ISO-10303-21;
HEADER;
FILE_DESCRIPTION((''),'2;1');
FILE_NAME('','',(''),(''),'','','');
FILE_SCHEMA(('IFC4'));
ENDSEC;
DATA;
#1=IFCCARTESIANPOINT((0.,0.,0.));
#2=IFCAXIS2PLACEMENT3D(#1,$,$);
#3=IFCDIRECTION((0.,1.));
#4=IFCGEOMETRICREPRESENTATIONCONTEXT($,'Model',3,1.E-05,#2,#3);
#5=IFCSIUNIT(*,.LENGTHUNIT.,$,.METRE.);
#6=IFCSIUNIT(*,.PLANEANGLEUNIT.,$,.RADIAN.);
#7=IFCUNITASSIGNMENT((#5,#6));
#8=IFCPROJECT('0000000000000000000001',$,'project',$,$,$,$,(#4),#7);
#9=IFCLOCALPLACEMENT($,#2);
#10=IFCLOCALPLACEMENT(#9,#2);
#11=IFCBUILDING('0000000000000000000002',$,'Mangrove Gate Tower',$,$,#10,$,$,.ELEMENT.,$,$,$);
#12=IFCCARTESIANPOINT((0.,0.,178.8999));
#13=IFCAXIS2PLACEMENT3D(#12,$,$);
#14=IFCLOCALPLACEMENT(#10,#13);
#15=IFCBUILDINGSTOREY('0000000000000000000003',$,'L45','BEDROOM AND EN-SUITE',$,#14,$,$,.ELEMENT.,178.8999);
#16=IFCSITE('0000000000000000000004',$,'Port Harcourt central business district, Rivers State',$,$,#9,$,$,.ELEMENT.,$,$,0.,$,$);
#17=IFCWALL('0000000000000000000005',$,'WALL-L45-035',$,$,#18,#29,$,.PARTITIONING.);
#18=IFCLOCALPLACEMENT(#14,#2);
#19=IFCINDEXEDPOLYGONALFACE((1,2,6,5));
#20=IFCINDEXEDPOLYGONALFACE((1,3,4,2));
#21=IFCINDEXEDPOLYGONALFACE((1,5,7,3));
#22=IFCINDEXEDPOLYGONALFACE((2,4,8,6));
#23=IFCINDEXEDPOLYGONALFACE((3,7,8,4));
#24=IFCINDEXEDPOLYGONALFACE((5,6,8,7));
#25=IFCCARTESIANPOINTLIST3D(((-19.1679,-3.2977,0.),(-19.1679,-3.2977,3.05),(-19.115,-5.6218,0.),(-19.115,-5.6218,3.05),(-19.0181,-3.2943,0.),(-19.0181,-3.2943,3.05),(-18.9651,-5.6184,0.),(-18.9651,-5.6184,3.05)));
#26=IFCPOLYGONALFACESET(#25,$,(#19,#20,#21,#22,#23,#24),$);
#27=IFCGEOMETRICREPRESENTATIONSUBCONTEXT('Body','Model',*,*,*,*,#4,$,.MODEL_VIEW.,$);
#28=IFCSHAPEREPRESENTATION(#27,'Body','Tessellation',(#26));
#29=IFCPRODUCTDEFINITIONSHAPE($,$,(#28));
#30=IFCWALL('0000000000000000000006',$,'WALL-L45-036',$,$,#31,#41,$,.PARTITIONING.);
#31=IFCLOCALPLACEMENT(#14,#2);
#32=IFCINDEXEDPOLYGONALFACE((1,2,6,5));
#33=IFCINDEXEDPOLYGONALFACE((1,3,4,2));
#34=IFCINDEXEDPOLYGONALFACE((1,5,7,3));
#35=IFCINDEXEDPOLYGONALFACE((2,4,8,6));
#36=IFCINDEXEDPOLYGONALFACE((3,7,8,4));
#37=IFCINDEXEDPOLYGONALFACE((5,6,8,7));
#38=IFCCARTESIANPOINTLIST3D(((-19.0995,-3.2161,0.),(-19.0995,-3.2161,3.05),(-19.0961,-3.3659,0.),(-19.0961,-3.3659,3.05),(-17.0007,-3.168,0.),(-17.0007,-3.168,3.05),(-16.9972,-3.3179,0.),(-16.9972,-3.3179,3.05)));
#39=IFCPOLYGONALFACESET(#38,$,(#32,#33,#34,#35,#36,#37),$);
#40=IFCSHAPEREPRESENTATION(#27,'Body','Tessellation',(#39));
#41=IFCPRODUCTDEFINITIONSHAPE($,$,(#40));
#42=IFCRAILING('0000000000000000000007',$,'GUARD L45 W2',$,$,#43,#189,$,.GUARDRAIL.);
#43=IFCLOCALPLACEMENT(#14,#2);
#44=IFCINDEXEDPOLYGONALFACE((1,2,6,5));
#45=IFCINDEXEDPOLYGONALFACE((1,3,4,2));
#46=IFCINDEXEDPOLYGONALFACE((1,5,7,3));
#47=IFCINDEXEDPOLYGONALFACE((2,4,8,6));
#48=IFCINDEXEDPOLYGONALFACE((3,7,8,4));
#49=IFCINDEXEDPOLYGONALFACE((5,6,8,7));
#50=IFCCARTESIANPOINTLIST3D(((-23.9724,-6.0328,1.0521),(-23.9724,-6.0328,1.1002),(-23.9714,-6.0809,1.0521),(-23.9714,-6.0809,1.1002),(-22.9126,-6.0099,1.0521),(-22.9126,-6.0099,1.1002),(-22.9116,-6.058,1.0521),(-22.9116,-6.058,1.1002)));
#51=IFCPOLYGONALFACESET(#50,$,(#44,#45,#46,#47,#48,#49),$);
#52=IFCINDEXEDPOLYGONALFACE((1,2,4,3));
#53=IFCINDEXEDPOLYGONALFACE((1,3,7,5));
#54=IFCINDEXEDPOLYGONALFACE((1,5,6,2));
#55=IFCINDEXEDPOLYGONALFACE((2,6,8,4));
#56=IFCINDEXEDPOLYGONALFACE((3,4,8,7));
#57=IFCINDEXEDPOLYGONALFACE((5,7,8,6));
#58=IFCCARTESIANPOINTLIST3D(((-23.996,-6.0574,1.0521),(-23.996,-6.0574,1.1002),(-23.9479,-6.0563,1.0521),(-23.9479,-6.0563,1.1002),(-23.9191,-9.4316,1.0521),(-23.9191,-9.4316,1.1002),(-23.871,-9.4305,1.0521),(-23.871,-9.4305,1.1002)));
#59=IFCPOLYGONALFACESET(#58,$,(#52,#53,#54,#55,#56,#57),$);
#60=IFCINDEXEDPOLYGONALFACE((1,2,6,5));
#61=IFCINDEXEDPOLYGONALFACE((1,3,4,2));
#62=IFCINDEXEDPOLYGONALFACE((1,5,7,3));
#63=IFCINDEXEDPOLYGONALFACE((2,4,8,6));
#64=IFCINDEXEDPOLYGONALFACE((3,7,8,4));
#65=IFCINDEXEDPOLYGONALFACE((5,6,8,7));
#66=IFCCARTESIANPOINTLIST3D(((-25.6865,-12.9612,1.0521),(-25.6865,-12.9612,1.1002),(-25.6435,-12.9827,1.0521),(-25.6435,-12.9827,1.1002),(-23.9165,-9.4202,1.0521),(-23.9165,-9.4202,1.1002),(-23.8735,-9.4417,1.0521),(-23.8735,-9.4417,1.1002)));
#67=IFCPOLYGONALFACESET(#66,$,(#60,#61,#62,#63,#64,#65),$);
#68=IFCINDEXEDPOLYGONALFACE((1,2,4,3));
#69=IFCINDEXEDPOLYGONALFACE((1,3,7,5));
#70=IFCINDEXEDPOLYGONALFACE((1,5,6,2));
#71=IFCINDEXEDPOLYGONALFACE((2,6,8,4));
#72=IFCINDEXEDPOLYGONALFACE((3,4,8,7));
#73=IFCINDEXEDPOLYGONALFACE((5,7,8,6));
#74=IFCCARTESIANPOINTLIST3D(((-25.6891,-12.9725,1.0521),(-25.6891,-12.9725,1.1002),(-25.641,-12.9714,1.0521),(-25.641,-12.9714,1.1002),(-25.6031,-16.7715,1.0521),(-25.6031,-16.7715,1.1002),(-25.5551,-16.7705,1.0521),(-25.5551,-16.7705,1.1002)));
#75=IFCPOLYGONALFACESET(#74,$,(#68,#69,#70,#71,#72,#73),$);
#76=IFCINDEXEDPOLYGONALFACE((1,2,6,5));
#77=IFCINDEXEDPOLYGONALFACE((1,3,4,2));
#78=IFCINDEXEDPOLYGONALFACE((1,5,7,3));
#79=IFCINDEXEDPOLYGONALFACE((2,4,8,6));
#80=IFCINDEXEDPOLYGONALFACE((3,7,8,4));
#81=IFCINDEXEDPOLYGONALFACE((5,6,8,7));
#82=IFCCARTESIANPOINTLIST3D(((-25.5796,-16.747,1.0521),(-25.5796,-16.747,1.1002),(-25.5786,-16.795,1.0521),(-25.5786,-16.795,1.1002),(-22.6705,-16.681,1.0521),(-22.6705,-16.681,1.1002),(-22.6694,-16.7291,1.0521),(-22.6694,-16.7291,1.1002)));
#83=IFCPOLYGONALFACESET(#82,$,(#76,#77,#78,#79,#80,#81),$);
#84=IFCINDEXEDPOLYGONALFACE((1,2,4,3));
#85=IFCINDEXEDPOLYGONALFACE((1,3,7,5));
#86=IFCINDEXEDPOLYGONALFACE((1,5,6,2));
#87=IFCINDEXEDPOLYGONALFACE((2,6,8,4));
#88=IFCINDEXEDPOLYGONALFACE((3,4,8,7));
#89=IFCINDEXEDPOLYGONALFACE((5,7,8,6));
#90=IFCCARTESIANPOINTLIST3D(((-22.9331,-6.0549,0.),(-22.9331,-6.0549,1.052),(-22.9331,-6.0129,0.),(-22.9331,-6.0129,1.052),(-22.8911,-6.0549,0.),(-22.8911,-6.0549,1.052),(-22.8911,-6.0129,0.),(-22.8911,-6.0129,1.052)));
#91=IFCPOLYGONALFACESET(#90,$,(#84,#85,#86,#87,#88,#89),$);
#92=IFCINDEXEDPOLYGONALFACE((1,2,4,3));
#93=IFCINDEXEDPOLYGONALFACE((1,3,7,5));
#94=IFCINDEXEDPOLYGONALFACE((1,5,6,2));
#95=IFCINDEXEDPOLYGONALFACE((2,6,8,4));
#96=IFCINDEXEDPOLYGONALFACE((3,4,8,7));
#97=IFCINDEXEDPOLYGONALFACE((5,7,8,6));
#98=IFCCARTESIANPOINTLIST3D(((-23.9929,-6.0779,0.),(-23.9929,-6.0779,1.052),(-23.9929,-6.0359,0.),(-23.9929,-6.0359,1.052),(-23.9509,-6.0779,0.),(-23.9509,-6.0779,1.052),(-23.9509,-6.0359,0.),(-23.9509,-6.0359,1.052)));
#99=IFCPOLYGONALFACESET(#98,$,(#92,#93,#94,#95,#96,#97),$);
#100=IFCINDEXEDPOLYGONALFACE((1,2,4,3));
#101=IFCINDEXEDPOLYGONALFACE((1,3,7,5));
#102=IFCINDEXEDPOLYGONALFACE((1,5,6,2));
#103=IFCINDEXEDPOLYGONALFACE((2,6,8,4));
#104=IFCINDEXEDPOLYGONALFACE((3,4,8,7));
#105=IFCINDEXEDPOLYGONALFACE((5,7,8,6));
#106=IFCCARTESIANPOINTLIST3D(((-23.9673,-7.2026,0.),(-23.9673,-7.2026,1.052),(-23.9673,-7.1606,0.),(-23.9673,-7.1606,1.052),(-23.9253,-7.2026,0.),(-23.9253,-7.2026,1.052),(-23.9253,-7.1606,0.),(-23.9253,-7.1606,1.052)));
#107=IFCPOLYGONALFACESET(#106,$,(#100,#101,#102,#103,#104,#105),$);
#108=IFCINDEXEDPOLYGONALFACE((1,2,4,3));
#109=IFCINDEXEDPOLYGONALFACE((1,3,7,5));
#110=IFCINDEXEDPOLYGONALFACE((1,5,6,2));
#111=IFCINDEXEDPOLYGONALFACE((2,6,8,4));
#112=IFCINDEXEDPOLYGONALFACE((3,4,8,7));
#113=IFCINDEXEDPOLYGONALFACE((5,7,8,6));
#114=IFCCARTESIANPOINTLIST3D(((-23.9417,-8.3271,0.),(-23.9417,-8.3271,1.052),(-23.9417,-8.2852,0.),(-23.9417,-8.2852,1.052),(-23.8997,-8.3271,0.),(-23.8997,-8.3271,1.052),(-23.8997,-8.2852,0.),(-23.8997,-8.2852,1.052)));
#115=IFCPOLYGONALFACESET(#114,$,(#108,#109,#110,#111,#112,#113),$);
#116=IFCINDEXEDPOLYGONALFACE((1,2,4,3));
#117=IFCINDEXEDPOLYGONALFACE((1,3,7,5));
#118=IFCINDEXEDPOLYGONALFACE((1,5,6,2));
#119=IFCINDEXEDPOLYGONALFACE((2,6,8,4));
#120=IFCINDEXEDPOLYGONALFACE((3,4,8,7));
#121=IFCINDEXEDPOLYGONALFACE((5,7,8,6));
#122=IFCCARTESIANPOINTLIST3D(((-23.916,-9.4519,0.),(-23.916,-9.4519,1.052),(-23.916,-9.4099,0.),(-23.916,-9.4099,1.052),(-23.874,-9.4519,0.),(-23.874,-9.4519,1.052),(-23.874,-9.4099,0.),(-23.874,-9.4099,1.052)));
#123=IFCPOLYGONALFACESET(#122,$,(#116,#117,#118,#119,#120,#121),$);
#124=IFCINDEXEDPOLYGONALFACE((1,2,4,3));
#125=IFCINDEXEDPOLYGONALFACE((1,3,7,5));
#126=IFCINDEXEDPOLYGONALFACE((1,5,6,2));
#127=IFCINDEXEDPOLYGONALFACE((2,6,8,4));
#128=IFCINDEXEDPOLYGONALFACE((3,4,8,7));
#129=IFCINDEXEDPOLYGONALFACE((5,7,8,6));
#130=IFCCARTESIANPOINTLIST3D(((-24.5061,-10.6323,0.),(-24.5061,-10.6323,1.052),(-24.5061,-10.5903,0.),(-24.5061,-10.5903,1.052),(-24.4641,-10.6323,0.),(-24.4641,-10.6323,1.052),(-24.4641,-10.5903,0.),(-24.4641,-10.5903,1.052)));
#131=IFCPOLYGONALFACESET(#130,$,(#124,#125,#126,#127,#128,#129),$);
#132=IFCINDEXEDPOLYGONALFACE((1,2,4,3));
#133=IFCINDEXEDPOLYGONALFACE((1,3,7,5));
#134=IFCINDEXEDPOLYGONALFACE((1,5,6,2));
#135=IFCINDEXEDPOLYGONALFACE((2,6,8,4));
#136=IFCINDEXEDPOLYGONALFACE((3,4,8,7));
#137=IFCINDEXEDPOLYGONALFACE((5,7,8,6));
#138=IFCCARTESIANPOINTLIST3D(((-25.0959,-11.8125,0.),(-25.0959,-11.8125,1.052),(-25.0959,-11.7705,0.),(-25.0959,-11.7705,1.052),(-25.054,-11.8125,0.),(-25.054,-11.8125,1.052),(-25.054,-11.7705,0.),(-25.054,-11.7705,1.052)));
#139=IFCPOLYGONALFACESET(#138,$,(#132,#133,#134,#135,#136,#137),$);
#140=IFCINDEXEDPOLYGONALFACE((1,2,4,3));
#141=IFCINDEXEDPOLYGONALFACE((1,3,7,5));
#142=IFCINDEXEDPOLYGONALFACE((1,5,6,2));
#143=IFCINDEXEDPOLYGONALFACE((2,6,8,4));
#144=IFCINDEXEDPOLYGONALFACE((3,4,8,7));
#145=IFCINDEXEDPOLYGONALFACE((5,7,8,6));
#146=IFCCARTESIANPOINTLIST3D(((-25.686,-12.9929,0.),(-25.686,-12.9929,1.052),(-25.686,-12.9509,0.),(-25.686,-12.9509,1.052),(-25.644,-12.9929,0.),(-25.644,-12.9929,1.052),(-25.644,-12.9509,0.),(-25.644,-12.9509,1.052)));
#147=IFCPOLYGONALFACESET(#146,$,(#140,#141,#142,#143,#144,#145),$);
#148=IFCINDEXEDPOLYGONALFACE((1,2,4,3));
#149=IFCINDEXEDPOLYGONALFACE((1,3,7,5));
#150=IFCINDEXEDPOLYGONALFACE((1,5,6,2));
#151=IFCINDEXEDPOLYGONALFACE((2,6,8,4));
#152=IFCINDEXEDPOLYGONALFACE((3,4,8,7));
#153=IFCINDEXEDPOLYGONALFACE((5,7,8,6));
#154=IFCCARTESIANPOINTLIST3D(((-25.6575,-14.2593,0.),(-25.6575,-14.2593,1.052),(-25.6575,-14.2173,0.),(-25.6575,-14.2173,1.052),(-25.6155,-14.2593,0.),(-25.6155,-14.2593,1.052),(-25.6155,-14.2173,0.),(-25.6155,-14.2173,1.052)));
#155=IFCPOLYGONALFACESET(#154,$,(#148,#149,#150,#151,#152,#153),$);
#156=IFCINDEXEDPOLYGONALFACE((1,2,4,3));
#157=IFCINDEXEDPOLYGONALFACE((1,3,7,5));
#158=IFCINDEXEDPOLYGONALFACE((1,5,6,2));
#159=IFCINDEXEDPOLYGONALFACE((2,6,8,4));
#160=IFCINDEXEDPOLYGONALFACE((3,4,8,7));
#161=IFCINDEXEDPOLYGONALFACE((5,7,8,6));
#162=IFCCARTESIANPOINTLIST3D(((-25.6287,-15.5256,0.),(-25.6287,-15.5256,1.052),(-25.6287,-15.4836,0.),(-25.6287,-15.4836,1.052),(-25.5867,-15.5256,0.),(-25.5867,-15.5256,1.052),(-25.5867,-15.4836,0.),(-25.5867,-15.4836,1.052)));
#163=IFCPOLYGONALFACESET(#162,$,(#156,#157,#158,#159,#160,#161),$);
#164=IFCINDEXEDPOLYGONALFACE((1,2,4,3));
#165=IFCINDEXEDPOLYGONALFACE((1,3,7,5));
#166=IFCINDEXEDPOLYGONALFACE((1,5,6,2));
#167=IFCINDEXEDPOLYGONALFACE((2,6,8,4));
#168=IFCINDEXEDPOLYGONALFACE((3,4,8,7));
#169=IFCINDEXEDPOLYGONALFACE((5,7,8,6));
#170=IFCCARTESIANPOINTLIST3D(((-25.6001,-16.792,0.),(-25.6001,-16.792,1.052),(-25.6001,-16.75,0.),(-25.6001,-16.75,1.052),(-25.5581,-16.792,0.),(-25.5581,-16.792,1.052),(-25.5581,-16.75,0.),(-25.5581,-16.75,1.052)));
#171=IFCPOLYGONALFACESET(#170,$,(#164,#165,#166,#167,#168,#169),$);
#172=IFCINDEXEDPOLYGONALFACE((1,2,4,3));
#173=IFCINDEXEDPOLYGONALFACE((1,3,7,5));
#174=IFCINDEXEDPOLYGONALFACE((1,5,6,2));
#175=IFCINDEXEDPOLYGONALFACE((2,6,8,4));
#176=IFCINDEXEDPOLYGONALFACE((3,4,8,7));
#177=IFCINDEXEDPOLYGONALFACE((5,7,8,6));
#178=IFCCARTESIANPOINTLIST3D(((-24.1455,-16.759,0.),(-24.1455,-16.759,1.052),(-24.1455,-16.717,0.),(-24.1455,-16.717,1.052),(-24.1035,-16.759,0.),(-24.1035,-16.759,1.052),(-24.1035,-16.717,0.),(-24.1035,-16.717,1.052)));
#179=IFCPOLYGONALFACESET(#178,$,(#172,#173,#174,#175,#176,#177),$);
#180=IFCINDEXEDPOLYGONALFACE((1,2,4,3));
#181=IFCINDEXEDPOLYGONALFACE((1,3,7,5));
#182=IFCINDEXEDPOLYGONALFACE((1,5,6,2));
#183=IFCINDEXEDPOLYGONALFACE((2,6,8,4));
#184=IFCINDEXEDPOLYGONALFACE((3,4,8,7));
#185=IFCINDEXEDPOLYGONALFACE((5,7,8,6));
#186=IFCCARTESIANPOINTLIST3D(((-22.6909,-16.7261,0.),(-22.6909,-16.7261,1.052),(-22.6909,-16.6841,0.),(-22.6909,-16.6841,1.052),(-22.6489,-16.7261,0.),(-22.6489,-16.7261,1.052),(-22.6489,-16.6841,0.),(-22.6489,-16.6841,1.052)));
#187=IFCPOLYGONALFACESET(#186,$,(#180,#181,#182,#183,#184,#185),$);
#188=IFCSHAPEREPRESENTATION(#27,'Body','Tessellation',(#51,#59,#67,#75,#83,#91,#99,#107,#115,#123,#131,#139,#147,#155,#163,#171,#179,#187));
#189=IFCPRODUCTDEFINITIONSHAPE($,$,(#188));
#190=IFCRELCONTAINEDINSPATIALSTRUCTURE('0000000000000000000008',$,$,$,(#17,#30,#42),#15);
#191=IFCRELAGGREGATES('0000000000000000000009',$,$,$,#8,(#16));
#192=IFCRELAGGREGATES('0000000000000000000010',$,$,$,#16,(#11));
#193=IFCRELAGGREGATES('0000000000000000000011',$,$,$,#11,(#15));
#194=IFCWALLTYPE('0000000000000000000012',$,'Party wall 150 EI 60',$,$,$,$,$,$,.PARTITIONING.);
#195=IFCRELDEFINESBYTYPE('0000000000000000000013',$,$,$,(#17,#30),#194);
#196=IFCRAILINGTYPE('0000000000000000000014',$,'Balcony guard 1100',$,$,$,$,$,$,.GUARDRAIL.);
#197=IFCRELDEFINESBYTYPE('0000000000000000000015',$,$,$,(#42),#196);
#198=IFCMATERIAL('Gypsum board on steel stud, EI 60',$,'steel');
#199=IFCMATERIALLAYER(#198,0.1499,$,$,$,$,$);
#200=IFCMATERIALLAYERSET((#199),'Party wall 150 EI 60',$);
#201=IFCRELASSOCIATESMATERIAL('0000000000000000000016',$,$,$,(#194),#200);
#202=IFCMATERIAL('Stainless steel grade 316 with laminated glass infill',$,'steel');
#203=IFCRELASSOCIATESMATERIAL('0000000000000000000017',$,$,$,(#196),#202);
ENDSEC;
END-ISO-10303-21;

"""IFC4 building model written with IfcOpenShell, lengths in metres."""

from ifc_helpers import new_model, si_unit, direction, frame, frame_2d, origin, origin_2d, place, context, subcontext, project, spatial, rectangle, extrude, material, layer, layer_set, type_object, element, save


model = new_model("IFC4")

# Units and contexts
model_context = context("Model", 3, precision=1e-05, world=origin(), true_north=direction((0.0, 1.0)))
body_context = subcontext(model_context, "Body", "Model", "MODEL_VIEW")
ifc_project = project(units=[si_unit("LENGTHUNIT", "METRE"), si_unit("PLANEANGLEUNIT", "RADIAN")], contexts=[model_context])

# Site, building, storey
site_placement = place(None, origin())
site = spatial("IfcSite", under=ifc_project, at=site_placement, Name="Port Harcourt central business district, Rivers State", CompositionType="ELEMENT", RefElevation=0.0)
building_placement = place(site_placement, origin())
building = spatial("IfcBuilding", under=site, at=building_placement, Name="Mangrove Gate Tower", CompositionType="ELEMENT")
storey_placement = place(building_placement, frame((0.0, 0.0, 178.8999)))
storey = spatial("IfcBuildingStorey", under=building, at=storey_placement, Name="L45", Description="BEDROOM AND EN-SUITE", CompositionType="ELEMENT", Elevation=178.8999)

# Walls
ifc_material_1 = material(Name="Gypsum board on steel stud, EI 60", Category="steel")
ifc_layer_1 = layer(ifc_material_1, 0.1499)
ifc_layer_set_1 = layer_set([ifc_layer_1], Name="Party wall 150 EI 60")
wall_type_1 = type_object("IfcWallType", Name="Party wall 150 EI 60", PredefinedType="PARTITIONING", material=ifc_layer_set_1)
wall_1_placement = place(storey_placement, frame((-19.04, -5.6201, 0.0), z_axis=(0.0, 0.0, 1.0), x_axis=(-0.022788, 0.99974, 0.0)))
element("IfcWall", 1, at=wall_1_placement, inside=storey, type_object=wall_type_1, Name="WALL-L45-035", PredefinedType="PARTITIONING", context=body_context, shape_type="SweptSolid", body=[
    extrude(rectangle(XDim=2.3247, YDim=0.1499, at=frame_2d((1.1624, 0.0))), origin(), (0.0, 0.0, 1.0), 3.05),
])
wall_2_placement = place(storey_placement, frame((-19.0979, -3.291, 0.0), z_axis=(0.0, 0.0, 1.0), x_axis=(0.999738, 0.022909, 0.0)))
element("IfcWall", 2, at=wall_2_placement, inside=storey, type_object=wall_type_1, Name="WALL-L45-036", PredefinedType="PARTITIONING", context=body_context, shape_type="SweptSolid", body=[
    extrude(rectangle(XDim=2.0994, YDim=0.1499, at=frame_2d((1.0498, 0.0))), origin(), (0.0, 0.0, 1.0), 3.05),
])

# Railing
ifc_material_2 = material(Name="Stainless steel grade 316 with laminated glass infill", Category="steel")
railing_type = type_object("IfcRailingType", Name="Balcony guard 1100", PredefinedType="GUARDRAIL", material=ifc_material_2)
railing_placement = place(storey_placement, frame((-22.9121, -6.0339, 0.0)))
element("IfcRailing", 3, at=railing_placement, inside=storey, type_object=railing_type, Name="GUARD L45 W2", PredefinedType="GUARDRAIL", context=body_context, shape_type="SweptSolid", body=[
    extrude(rectangle(XDim=0.0481, YDim=0.0481, at=origin_2d()), frame((0.0, 0.0, 1.0762), z_axis=(-0.999766, -0.021649, 0.0), x_axis=(0.021649, -0.999766, 0.0)), (0.0, 0.0, 1.0), 1.0601),
    extrude(rectangle(XDim=0.0481, YDim=0.0481, at=origin_2d()), frame((-1.0598, -0.0229, 1.0762), z_axis=(0.022787, -0.99974, 0.0), x_axis=(0.99974, 0.022787, 0.0)), (0.0, 0.0, 1.0), 3.375),
    extrude(rectangle(XDim=0.0481, YDim=0.0481, at=origin_2d()), frame((-0.9829, -3.397, 1.0762), z_axis=(-0.447115, -0.894477, 0.0), x_axis=(0.894477, -0.447115, 0.0)), (0.0, 0.0, 1.0), 3.9587),
    extrude(rectangle(XDim=0.0481, YDim=0.0481, at=origin_2d()), frame((-2.7529, -6.938, 1.0762), z_axis=(0.022615, -0.999744, 0.0), x_axis=(0.999744, 0.022615, 0.0)), (0.0, 0.0, 1.0), 3.8),
    extrude(rectangle(XDim=0.0481, YDim=0.0481, at=origin_2d()), frame((-2.667, -10.7371, 1.0762), z_axis=(0.999743, 0.022653, 0.0), x_axis=(-0.022653, 0.999743, 0.0)), (0.0, 0.0, 1.0), 2.9099),
    extrude(rectangle(XDim=0.042, YDim=0.042, at=origin_2d()), origin(), (0.0, 0.0, 1.0), 1.052),
    extrude(rectangle(XDim=0.042, YDim=0.042, at=origin_2d()), frame((-1.0598, -0.0229, 0.0)), (0.0, 0.0, 1.0), 1.052),
    extrude(rectangle(XDim=0.042, YDim=0.042, at=origin_2d()), frame((-1.0342, -1.1477, 0.0)), (0.0, 0.0, 1.0), 1.052),
    extrude(rectangle(XDim=0.042, YDim=0.042, at=origin_2d()), frame((-1.0085, -2.2722, 0.0)), (0.0, 0.0, 1.0), 1.052),
    extrude(rectangle(XDim=0.042, YDim=0.042, at=origin_2d()), frame((-0.9829, -3.397, 0.0)), (0.0, 0.0, 1.0), 1.052),
    extrude(rectangle(XDim=0.042, YDim=0.042, at=origin_2d()), frame((-1.573, -4.5774, 0.0)), (0.0, 0.0, 1.0), 1.052),
    extrude(rectangle(XDim=0.042, YDim=0.042, at=origin_2d()), frame((-2.1628, -5.7576, 0.0)), (0.0, 0.0, 1.0), 1.052),
    extrude(rectangle(XDim=0.042, YDim=0.042, at=origin_2d()), frame((-2.7529, -6.938, 0.0)), (0.0, 0.0, 1.0), 1.052),
    extrude(rectangle(XDim=0.042, YDim=0.042, at=origin_2d()), frame((-2.7244, -8.2043, 0.0)), (0.0, 0.0, 1.0), 1.052),
    extrude(rectangle(XDim=0.042, YDim=0.042, at=origin_2d()), frame((-2.6956, -9.4707, 0.0)), (0.0, 0.0, 1.0), 1.052),
    extrude(rectangle(XDim=0.042, YDim=0.042, at=origin_2d()), frame((-2.667, -10.7371, 0.0)), (0.0, 0.0, 1.0), 1.052),
    extrude(rectangle(XDim=0.042, YDim=0.042, at=origin_2d()), frame((-1.2124, -10.7041, 0.0)), (0.0, 0.0, 1.0), 1.052),
    extrude(rectangle(XDim=0.042, YDim=0.042, at=origin_2d()), frame((0.2422, -10.6711, 0.0)), (0.0, 0.0, 1.0), 1.052),
])

save(model, "model.ifc")
